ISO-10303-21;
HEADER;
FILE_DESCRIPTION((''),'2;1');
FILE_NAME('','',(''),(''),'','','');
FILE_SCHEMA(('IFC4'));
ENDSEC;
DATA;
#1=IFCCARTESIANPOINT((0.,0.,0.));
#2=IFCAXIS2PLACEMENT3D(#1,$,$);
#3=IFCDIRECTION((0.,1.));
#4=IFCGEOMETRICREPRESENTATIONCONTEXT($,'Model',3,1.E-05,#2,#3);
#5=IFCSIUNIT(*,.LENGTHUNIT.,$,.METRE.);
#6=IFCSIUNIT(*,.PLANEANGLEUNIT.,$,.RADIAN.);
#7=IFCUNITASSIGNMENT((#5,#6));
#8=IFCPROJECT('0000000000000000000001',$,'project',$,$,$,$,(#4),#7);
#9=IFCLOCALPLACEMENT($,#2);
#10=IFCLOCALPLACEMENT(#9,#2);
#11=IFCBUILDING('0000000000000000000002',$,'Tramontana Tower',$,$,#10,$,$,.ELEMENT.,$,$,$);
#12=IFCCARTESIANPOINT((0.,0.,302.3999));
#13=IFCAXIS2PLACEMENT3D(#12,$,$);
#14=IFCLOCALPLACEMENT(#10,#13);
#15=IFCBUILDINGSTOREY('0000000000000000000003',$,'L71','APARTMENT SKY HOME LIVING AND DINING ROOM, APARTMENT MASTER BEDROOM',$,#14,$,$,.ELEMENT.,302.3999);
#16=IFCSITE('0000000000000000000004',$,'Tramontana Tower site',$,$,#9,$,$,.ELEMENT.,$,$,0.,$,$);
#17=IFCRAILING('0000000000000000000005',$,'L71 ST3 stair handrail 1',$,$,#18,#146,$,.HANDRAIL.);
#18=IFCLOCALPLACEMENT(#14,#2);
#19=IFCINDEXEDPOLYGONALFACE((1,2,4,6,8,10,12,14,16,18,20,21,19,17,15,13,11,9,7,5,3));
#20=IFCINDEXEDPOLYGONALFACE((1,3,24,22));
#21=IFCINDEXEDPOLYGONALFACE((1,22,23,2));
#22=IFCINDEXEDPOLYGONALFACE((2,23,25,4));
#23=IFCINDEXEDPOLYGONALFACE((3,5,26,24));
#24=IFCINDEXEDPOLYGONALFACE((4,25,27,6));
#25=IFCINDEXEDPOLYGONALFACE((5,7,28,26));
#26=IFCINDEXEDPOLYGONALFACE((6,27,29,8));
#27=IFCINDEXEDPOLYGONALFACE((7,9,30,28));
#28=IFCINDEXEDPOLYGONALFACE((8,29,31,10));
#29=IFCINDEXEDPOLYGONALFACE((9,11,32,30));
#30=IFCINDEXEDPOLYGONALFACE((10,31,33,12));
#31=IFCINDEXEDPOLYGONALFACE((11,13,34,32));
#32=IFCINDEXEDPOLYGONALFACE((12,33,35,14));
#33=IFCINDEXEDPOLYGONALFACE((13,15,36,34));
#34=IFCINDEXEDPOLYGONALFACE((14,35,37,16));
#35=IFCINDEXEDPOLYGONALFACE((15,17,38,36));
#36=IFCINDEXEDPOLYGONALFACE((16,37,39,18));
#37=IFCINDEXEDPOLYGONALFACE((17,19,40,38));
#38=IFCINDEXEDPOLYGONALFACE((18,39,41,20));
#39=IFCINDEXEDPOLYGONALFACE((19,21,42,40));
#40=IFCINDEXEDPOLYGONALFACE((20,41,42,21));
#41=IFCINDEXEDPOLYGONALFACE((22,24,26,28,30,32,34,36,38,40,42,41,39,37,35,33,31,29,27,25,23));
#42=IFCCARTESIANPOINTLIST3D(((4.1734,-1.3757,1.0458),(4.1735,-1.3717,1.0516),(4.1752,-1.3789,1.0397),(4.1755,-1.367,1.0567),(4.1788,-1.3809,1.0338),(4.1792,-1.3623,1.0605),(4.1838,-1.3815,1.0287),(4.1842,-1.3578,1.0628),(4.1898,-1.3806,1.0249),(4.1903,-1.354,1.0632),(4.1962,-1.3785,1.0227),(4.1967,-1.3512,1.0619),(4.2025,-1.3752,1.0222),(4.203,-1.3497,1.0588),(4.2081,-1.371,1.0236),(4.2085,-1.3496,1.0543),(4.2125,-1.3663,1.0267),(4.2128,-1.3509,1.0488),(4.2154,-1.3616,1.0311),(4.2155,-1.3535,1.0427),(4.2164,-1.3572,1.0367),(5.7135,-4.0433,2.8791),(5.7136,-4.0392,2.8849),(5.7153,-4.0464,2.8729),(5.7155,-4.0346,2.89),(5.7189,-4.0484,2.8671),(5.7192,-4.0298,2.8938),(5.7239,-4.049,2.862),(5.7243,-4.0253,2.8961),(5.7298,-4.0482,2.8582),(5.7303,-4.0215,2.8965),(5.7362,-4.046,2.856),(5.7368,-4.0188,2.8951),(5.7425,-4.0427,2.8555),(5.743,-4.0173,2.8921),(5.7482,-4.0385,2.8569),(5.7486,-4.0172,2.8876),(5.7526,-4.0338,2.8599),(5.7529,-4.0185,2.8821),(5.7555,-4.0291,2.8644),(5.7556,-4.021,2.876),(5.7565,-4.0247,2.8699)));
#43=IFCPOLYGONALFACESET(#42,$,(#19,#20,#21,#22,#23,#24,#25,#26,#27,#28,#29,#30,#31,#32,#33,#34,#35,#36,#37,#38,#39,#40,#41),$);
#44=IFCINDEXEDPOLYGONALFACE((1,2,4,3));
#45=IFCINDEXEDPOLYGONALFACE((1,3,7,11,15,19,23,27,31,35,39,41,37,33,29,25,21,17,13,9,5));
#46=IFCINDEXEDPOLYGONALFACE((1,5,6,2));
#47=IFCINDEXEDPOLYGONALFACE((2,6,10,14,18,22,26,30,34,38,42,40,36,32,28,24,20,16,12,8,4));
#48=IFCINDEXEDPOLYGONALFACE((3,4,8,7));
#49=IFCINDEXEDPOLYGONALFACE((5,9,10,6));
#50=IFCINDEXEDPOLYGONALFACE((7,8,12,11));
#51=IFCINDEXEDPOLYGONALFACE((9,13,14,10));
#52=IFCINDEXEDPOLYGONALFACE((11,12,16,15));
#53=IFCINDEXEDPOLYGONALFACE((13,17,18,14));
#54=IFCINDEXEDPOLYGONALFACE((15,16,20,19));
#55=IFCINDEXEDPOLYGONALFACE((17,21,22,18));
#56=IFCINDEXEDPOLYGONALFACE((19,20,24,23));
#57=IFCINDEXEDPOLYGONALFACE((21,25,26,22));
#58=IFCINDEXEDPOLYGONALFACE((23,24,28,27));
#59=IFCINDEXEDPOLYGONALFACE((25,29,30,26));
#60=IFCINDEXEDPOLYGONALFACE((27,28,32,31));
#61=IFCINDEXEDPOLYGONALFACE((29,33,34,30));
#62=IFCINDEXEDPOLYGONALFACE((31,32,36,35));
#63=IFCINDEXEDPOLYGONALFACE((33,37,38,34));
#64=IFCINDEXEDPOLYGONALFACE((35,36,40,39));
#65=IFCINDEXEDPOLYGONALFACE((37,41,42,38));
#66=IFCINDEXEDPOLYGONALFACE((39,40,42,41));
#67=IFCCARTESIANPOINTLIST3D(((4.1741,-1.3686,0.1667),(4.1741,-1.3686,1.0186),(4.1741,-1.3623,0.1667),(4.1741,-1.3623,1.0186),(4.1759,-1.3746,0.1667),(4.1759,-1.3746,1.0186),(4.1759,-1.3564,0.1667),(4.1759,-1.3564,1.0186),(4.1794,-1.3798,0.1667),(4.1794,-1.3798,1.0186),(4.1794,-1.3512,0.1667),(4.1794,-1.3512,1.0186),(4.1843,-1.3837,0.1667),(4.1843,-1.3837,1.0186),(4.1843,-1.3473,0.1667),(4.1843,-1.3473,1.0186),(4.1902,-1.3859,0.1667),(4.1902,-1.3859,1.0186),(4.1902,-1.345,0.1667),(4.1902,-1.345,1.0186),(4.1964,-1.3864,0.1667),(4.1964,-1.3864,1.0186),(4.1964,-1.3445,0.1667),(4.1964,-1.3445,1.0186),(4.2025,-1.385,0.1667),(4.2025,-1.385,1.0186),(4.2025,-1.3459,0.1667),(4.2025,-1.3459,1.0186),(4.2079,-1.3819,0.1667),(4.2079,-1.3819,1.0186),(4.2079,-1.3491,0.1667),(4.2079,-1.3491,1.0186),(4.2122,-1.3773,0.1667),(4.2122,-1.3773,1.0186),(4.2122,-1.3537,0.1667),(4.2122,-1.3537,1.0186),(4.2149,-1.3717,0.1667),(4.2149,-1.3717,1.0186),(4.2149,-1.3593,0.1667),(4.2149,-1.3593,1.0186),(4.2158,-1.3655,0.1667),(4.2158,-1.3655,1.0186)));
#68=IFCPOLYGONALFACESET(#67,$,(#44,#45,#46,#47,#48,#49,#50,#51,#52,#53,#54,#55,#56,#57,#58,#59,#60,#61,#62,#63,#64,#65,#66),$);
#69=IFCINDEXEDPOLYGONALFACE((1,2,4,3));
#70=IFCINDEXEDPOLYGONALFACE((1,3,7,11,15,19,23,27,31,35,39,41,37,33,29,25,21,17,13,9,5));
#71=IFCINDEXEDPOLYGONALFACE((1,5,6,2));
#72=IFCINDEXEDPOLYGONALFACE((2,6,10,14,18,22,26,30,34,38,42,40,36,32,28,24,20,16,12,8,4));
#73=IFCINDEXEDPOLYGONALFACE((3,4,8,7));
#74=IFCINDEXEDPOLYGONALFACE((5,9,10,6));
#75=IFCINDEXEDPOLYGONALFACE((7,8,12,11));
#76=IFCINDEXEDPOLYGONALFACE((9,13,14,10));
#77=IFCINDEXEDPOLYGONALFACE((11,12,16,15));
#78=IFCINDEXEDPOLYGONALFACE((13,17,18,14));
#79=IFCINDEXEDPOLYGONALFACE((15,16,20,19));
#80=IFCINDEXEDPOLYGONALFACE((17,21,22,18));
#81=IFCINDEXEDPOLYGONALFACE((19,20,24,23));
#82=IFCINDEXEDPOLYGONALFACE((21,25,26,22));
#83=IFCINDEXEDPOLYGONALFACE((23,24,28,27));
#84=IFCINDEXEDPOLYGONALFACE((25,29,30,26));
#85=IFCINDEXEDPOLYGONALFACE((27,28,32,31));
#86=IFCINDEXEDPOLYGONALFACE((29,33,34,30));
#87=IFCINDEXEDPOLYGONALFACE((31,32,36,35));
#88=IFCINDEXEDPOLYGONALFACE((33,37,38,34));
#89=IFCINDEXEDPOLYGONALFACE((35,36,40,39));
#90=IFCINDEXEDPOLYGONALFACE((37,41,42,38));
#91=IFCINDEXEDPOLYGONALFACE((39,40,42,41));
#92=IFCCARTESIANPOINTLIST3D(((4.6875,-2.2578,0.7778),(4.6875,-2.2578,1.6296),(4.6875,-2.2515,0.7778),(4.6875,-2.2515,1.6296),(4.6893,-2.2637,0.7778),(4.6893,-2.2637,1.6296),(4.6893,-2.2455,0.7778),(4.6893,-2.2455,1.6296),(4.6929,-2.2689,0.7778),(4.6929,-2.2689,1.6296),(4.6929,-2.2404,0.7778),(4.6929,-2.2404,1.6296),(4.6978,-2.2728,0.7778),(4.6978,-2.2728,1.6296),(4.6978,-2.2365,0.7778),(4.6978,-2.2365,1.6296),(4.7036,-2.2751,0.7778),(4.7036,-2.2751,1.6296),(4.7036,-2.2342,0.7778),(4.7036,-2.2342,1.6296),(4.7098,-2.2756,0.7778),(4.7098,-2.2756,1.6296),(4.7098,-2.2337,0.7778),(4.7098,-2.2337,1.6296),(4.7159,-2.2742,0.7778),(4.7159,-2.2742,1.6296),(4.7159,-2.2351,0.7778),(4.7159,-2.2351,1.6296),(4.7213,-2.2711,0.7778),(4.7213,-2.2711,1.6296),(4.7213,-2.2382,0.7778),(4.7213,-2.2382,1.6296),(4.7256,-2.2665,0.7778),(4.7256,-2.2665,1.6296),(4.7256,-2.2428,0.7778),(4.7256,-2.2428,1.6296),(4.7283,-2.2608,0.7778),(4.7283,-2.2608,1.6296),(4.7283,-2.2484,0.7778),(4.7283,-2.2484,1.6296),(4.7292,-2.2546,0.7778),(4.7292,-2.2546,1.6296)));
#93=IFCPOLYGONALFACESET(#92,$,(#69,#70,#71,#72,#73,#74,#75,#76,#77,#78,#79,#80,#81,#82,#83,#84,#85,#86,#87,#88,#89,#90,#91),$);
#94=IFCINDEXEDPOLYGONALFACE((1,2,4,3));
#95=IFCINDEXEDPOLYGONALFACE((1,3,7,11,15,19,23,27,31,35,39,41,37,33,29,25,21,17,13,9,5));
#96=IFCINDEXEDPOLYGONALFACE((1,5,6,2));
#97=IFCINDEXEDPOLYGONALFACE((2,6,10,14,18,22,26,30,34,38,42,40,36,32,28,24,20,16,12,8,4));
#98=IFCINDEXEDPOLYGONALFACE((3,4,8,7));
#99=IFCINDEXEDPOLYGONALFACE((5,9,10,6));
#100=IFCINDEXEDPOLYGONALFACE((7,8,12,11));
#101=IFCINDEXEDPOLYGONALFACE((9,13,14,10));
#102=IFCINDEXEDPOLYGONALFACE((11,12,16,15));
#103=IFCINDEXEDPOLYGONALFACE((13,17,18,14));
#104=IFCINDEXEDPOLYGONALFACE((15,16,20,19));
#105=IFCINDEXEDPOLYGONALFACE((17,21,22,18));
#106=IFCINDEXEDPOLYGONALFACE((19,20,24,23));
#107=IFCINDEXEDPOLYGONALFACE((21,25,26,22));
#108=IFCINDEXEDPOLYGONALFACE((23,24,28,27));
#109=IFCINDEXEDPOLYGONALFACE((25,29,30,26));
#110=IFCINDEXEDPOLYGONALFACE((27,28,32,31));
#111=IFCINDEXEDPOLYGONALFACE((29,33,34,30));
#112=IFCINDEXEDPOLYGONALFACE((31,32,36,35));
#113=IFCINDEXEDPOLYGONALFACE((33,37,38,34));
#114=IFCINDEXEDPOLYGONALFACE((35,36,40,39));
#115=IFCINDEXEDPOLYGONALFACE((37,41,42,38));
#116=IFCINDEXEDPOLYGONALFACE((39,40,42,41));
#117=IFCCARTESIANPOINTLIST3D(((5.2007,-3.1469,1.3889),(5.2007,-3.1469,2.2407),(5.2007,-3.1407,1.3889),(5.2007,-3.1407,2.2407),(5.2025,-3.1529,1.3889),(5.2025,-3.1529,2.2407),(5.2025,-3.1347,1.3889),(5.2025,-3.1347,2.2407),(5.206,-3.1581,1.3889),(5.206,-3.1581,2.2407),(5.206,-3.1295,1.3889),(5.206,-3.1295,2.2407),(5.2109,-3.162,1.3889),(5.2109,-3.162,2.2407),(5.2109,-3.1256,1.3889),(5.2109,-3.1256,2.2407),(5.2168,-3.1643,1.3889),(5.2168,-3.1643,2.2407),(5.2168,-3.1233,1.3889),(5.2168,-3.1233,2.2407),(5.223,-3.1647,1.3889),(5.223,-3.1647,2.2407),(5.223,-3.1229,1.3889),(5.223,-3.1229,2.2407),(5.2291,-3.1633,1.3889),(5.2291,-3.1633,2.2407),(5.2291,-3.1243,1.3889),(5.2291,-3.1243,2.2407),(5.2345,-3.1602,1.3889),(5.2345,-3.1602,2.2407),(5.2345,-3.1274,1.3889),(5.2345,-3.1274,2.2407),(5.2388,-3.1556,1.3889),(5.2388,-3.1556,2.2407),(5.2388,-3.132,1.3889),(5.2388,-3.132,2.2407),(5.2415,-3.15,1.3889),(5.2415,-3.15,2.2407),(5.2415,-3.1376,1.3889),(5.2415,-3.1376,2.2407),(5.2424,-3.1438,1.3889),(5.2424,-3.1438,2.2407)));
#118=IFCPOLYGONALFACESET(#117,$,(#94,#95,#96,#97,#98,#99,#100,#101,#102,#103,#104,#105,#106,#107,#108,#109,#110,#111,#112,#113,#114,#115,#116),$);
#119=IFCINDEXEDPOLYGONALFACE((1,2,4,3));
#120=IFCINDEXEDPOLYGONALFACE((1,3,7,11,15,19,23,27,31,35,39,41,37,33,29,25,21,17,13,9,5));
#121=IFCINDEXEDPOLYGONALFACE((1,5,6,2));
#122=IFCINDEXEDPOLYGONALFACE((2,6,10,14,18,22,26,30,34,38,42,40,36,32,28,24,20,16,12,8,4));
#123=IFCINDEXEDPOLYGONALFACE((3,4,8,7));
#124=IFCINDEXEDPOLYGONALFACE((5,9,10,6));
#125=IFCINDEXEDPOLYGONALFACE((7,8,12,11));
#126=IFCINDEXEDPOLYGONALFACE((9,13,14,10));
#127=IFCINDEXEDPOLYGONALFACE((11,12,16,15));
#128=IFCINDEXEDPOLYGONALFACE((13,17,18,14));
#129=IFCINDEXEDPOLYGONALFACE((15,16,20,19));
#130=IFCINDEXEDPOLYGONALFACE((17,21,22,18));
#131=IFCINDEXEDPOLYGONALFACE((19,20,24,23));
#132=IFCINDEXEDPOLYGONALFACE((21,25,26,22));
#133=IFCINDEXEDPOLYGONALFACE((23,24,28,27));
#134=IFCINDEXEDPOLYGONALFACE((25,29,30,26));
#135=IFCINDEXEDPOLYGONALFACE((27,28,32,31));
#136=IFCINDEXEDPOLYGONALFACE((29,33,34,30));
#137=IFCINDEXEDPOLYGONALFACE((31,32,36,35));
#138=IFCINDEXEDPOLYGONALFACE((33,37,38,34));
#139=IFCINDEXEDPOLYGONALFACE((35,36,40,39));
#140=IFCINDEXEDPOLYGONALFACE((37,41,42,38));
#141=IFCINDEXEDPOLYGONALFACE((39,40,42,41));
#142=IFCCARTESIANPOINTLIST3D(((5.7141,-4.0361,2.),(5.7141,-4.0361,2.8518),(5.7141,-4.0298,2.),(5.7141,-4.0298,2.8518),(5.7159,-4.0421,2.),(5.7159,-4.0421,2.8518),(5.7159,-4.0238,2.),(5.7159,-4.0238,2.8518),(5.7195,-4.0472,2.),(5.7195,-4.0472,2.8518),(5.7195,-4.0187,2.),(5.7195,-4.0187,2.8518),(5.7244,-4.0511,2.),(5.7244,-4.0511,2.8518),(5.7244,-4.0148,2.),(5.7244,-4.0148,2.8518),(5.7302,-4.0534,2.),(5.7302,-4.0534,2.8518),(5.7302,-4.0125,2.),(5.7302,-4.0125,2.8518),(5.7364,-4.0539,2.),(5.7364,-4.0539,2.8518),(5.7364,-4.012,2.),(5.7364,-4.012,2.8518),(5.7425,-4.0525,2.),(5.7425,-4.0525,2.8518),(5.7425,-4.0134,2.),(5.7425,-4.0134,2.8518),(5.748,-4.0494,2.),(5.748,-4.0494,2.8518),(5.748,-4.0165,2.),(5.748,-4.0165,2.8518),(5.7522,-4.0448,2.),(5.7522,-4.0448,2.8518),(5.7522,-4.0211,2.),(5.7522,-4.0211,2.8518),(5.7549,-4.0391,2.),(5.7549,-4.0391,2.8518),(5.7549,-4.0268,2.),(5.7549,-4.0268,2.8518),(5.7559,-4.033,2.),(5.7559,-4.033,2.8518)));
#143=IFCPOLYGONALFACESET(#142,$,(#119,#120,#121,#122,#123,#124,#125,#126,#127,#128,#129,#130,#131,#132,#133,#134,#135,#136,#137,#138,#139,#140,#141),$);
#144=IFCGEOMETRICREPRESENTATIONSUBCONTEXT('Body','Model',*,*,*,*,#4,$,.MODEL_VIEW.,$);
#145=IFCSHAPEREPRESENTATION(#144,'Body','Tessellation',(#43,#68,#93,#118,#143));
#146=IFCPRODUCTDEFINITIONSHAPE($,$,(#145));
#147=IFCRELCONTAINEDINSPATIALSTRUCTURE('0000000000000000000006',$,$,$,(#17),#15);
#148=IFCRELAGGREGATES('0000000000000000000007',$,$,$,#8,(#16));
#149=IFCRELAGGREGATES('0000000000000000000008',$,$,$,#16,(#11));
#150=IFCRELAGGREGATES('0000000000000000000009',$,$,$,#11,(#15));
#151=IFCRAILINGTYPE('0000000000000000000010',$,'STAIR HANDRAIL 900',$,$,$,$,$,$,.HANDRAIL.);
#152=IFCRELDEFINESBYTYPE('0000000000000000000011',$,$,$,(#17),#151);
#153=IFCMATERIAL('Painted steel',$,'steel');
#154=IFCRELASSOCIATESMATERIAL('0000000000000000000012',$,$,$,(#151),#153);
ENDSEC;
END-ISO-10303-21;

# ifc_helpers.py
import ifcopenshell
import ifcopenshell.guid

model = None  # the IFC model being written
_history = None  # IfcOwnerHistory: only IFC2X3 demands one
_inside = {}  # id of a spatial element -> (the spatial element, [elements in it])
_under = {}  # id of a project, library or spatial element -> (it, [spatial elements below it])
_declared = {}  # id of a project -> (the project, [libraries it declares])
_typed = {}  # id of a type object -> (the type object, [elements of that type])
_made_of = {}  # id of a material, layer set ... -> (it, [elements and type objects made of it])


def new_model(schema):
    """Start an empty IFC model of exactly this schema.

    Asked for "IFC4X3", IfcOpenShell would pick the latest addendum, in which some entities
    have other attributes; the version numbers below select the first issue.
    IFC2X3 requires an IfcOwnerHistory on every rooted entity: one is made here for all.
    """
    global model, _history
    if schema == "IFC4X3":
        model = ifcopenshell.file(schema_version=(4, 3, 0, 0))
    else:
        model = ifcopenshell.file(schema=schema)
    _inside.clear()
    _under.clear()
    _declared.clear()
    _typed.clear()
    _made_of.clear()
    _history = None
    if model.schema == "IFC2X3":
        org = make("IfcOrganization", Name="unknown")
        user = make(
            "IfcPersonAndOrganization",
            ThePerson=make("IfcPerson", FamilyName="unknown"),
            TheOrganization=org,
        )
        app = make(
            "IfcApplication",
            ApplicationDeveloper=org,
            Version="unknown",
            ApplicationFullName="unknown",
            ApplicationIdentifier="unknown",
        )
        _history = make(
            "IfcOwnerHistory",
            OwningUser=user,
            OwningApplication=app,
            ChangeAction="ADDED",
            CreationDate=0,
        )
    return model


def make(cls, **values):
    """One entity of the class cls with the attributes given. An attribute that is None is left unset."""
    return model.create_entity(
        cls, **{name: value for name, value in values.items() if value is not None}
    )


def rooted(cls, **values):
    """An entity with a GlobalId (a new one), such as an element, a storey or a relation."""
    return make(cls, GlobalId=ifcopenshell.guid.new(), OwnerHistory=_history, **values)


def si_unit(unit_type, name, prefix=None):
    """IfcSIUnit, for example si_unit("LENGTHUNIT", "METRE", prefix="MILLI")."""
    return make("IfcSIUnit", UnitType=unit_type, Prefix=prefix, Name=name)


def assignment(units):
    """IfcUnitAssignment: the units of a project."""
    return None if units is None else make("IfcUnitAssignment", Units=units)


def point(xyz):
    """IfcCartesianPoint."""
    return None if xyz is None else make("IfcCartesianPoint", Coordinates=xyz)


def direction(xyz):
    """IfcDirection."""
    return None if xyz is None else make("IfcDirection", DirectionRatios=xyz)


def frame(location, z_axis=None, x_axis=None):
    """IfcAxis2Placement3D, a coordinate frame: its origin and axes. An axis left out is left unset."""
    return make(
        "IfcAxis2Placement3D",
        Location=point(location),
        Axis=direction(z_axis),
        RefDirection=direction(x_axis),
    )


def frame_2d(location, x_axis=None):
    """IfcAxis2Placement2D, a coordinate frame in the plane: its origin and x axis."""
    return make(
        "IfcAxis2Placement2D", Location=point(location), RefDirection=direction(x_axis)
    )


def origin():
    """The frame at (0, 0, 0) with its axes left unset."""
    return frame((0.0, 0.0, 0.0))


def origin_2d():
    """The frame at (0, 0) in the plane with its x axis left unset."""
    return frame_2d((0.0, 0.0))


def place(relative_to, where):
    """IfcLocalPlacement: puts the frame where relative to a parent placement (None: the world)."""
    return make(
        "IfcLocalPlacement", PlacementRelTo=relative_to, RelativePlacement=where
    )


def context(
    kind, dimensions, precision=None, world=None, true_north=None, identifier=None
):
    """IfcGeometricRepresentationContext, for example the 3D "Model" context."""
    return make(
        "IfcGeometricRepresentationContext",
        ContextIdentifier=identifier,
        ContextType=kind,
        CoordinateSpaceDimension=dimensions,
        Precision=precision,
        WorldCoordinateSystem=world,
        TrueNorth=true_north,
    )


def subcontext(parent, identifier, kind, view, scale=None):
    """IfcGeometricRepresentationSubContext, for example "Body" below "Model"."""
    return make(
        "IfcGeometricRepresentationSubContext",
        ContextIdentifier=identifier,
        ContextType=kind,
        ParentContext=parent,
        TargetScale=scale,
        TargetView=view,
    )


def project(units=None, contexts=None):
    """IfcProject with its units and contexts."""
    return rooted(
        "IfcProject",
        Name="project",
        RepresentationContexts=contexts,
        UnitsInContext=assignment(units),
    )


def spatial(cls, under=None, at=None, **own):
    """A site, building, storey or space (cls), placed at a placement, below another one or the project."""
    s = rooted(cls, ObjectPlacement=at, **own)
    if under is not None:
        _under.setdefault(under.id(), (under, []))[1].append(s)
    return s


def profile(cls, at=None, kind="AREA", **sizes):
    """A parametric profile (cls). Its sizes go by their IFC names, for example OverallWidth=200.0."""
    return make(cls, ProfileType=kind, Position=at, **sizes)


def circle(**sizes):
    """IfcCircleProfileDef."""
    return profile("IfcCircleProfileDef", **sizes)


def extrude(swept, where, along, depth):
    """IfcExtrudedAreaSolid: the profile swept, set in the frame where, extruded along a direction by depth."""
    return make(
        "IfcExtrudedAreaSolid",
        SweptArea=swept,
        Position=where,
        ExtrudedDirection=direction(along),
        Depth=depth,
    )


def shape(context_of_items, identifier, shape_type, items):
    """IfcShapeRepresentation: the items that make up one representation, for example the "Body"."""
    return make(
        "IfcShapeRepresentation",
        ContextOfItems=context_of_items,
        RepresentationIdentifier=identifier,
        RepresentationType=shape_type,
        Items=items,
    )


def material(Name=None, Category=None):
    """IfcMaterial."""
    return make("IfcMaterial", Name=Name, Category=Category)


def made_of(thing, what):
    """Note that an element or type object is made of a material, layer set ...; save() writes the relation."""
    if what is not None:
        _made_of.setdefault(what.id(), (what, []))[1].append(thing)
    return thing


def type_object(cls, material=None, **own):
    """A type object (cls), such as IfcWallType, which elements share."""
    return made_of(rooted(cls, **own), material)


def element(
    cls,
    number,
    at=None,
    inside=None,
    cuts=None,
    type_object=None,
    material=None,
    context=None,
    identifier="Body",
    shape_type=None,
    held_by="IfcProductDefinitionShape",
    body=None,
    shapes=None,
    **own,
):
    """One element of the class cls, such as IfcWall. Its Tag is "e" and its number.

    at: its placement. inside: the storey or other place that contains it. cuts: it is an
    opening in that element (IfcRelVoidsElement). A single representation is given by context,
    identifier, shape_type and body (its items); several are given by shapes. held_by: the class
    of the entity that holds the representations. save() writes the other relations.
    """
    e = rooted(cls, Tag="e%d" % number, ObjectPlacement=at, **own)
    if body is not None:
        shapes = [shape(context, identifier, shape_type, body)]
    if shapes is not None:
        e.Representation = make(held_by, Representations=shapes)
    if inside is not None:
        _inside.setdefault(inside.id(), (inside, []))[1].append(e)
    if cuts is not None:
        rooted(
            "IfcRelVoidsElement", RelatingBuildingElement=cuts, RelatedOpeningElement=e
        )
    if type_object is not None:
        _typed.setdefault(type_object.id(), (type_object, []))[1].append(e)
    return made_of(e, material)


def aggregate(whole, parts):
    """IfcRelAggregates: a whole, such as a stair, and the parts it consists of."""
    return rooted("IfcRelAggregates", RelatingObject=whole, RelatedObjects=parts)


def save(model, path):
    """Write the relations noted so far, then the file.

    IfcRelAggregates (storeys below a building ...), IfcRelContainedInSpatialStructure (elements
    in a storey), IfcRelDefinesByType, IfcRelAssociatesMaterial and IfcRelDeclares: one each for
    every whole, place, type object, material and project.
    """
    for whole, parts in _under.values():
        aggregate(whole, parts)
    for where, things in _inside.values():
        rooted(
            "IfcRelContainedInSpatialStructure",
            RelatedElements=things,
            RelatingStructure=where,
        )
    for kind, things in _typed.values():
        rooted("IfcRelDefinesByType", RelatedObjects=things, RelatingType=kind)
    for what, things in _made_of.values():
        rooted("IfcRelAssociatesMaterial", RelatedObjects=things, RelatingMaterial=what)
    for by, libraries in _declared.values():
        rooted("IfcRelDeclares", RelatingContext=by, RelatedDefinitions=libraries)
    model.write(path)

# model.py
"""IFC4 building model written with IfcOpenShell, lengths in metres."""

from ifc_helpers import new_model, si_unit, direction, frame, origin, origin_2d, place, context, subcontext, project, spatial, circle, extrude, material, type_object, element, save


model = new_model("IFC4")

# Units and contexts
model_context = context("Model", 3, precision=1e-05, world=origin(), true_north=direction((0.0, 1.0)))
body_context = subcontext(model_context, "Body", "Model", "MODEL_VIEW")
ifc_project = project(units=[si_unit("LENGTHUNIT", "METRE"), si_unit("PLANEANGLEUNIT", "RADIAN")], contexts=[model_context])

# Site, building, storey
site_placement = place(None, origin())
site = spatial("IfcSite", under=ifc_project, at=site_placement, Name="Tramontana Tower site", CompositionType="ELEMENT", RefElevation=0.0)
building_placement = place(site_placement, origin())
building = spatial("IfcBuilding", under=site, at=building_placement, Name="Tramontana Tower", CompositionType="ELEMENT")
storey_placement = place(building_placement, frame((0.0, 0.0, 302.3999)))
storey = spatial("IfcBuildingStorey", under=building, at=storey_placement, Name="L71", Description="APARTMENT SKY HOME LIVING AND DINING ROOM, APARTMENT MASTER BEDROOM", CompositionType="ELEMENT", Elevation=302.3999)

# Railing
ifc_material_1 = material(Name="Painted steel", Category="steel")
railing_type_1 = type_object("IfcRailingType", Name="STAIR HANDRAIL 900", PredefinedType="HANDRAIL", material=ifc_material_1)
railing_1_placement = place(storey_placement, frame((4.1948, -1.3655, 0.1667)))
element("IfcRailing", 1, at=railing_1_placement, inside=storey, type_object=railing_type_1, Name="L71 ST3 stair handrail 1", PredefinedType="HANDRAIL", context=body_context, shape_type="SweptSolid", body=[
    extrude(circle(Radius=0.0239, at=origin_2d()), frame((0.0, 0.0, 0.876), z_axis=(0.429649, -0.74419, 0.511452), x_axis=(0.86603, 0.499992, 0.0)), (0.0, 0.0, 1.0), 3.5845),
    extrude(circle(Radius=0.021, at=origin_2d()), origin(), (0.0, 0.0, 1.0), 0.8518),
    extrude(circle(Radius=0.021, at=origin_2d()), frame((0.5134, -0.8892, 0.6111)), (0.0, 0.0, 1.0), 0.8518),
    extrude(circle(Radius=0.021, at=origin_2d()), frame((1.0266, -1.7783, 1.2222)), (0.0, 0.0, 1.0), 0.8518),
    extrude(circle(Radius=0.021, at=origin_2d()), frame((1.54, -2.6675, 1.8333)), (0.0, 0.0, 1.0), 0.8518),
])

save(model, "model.ifc")
